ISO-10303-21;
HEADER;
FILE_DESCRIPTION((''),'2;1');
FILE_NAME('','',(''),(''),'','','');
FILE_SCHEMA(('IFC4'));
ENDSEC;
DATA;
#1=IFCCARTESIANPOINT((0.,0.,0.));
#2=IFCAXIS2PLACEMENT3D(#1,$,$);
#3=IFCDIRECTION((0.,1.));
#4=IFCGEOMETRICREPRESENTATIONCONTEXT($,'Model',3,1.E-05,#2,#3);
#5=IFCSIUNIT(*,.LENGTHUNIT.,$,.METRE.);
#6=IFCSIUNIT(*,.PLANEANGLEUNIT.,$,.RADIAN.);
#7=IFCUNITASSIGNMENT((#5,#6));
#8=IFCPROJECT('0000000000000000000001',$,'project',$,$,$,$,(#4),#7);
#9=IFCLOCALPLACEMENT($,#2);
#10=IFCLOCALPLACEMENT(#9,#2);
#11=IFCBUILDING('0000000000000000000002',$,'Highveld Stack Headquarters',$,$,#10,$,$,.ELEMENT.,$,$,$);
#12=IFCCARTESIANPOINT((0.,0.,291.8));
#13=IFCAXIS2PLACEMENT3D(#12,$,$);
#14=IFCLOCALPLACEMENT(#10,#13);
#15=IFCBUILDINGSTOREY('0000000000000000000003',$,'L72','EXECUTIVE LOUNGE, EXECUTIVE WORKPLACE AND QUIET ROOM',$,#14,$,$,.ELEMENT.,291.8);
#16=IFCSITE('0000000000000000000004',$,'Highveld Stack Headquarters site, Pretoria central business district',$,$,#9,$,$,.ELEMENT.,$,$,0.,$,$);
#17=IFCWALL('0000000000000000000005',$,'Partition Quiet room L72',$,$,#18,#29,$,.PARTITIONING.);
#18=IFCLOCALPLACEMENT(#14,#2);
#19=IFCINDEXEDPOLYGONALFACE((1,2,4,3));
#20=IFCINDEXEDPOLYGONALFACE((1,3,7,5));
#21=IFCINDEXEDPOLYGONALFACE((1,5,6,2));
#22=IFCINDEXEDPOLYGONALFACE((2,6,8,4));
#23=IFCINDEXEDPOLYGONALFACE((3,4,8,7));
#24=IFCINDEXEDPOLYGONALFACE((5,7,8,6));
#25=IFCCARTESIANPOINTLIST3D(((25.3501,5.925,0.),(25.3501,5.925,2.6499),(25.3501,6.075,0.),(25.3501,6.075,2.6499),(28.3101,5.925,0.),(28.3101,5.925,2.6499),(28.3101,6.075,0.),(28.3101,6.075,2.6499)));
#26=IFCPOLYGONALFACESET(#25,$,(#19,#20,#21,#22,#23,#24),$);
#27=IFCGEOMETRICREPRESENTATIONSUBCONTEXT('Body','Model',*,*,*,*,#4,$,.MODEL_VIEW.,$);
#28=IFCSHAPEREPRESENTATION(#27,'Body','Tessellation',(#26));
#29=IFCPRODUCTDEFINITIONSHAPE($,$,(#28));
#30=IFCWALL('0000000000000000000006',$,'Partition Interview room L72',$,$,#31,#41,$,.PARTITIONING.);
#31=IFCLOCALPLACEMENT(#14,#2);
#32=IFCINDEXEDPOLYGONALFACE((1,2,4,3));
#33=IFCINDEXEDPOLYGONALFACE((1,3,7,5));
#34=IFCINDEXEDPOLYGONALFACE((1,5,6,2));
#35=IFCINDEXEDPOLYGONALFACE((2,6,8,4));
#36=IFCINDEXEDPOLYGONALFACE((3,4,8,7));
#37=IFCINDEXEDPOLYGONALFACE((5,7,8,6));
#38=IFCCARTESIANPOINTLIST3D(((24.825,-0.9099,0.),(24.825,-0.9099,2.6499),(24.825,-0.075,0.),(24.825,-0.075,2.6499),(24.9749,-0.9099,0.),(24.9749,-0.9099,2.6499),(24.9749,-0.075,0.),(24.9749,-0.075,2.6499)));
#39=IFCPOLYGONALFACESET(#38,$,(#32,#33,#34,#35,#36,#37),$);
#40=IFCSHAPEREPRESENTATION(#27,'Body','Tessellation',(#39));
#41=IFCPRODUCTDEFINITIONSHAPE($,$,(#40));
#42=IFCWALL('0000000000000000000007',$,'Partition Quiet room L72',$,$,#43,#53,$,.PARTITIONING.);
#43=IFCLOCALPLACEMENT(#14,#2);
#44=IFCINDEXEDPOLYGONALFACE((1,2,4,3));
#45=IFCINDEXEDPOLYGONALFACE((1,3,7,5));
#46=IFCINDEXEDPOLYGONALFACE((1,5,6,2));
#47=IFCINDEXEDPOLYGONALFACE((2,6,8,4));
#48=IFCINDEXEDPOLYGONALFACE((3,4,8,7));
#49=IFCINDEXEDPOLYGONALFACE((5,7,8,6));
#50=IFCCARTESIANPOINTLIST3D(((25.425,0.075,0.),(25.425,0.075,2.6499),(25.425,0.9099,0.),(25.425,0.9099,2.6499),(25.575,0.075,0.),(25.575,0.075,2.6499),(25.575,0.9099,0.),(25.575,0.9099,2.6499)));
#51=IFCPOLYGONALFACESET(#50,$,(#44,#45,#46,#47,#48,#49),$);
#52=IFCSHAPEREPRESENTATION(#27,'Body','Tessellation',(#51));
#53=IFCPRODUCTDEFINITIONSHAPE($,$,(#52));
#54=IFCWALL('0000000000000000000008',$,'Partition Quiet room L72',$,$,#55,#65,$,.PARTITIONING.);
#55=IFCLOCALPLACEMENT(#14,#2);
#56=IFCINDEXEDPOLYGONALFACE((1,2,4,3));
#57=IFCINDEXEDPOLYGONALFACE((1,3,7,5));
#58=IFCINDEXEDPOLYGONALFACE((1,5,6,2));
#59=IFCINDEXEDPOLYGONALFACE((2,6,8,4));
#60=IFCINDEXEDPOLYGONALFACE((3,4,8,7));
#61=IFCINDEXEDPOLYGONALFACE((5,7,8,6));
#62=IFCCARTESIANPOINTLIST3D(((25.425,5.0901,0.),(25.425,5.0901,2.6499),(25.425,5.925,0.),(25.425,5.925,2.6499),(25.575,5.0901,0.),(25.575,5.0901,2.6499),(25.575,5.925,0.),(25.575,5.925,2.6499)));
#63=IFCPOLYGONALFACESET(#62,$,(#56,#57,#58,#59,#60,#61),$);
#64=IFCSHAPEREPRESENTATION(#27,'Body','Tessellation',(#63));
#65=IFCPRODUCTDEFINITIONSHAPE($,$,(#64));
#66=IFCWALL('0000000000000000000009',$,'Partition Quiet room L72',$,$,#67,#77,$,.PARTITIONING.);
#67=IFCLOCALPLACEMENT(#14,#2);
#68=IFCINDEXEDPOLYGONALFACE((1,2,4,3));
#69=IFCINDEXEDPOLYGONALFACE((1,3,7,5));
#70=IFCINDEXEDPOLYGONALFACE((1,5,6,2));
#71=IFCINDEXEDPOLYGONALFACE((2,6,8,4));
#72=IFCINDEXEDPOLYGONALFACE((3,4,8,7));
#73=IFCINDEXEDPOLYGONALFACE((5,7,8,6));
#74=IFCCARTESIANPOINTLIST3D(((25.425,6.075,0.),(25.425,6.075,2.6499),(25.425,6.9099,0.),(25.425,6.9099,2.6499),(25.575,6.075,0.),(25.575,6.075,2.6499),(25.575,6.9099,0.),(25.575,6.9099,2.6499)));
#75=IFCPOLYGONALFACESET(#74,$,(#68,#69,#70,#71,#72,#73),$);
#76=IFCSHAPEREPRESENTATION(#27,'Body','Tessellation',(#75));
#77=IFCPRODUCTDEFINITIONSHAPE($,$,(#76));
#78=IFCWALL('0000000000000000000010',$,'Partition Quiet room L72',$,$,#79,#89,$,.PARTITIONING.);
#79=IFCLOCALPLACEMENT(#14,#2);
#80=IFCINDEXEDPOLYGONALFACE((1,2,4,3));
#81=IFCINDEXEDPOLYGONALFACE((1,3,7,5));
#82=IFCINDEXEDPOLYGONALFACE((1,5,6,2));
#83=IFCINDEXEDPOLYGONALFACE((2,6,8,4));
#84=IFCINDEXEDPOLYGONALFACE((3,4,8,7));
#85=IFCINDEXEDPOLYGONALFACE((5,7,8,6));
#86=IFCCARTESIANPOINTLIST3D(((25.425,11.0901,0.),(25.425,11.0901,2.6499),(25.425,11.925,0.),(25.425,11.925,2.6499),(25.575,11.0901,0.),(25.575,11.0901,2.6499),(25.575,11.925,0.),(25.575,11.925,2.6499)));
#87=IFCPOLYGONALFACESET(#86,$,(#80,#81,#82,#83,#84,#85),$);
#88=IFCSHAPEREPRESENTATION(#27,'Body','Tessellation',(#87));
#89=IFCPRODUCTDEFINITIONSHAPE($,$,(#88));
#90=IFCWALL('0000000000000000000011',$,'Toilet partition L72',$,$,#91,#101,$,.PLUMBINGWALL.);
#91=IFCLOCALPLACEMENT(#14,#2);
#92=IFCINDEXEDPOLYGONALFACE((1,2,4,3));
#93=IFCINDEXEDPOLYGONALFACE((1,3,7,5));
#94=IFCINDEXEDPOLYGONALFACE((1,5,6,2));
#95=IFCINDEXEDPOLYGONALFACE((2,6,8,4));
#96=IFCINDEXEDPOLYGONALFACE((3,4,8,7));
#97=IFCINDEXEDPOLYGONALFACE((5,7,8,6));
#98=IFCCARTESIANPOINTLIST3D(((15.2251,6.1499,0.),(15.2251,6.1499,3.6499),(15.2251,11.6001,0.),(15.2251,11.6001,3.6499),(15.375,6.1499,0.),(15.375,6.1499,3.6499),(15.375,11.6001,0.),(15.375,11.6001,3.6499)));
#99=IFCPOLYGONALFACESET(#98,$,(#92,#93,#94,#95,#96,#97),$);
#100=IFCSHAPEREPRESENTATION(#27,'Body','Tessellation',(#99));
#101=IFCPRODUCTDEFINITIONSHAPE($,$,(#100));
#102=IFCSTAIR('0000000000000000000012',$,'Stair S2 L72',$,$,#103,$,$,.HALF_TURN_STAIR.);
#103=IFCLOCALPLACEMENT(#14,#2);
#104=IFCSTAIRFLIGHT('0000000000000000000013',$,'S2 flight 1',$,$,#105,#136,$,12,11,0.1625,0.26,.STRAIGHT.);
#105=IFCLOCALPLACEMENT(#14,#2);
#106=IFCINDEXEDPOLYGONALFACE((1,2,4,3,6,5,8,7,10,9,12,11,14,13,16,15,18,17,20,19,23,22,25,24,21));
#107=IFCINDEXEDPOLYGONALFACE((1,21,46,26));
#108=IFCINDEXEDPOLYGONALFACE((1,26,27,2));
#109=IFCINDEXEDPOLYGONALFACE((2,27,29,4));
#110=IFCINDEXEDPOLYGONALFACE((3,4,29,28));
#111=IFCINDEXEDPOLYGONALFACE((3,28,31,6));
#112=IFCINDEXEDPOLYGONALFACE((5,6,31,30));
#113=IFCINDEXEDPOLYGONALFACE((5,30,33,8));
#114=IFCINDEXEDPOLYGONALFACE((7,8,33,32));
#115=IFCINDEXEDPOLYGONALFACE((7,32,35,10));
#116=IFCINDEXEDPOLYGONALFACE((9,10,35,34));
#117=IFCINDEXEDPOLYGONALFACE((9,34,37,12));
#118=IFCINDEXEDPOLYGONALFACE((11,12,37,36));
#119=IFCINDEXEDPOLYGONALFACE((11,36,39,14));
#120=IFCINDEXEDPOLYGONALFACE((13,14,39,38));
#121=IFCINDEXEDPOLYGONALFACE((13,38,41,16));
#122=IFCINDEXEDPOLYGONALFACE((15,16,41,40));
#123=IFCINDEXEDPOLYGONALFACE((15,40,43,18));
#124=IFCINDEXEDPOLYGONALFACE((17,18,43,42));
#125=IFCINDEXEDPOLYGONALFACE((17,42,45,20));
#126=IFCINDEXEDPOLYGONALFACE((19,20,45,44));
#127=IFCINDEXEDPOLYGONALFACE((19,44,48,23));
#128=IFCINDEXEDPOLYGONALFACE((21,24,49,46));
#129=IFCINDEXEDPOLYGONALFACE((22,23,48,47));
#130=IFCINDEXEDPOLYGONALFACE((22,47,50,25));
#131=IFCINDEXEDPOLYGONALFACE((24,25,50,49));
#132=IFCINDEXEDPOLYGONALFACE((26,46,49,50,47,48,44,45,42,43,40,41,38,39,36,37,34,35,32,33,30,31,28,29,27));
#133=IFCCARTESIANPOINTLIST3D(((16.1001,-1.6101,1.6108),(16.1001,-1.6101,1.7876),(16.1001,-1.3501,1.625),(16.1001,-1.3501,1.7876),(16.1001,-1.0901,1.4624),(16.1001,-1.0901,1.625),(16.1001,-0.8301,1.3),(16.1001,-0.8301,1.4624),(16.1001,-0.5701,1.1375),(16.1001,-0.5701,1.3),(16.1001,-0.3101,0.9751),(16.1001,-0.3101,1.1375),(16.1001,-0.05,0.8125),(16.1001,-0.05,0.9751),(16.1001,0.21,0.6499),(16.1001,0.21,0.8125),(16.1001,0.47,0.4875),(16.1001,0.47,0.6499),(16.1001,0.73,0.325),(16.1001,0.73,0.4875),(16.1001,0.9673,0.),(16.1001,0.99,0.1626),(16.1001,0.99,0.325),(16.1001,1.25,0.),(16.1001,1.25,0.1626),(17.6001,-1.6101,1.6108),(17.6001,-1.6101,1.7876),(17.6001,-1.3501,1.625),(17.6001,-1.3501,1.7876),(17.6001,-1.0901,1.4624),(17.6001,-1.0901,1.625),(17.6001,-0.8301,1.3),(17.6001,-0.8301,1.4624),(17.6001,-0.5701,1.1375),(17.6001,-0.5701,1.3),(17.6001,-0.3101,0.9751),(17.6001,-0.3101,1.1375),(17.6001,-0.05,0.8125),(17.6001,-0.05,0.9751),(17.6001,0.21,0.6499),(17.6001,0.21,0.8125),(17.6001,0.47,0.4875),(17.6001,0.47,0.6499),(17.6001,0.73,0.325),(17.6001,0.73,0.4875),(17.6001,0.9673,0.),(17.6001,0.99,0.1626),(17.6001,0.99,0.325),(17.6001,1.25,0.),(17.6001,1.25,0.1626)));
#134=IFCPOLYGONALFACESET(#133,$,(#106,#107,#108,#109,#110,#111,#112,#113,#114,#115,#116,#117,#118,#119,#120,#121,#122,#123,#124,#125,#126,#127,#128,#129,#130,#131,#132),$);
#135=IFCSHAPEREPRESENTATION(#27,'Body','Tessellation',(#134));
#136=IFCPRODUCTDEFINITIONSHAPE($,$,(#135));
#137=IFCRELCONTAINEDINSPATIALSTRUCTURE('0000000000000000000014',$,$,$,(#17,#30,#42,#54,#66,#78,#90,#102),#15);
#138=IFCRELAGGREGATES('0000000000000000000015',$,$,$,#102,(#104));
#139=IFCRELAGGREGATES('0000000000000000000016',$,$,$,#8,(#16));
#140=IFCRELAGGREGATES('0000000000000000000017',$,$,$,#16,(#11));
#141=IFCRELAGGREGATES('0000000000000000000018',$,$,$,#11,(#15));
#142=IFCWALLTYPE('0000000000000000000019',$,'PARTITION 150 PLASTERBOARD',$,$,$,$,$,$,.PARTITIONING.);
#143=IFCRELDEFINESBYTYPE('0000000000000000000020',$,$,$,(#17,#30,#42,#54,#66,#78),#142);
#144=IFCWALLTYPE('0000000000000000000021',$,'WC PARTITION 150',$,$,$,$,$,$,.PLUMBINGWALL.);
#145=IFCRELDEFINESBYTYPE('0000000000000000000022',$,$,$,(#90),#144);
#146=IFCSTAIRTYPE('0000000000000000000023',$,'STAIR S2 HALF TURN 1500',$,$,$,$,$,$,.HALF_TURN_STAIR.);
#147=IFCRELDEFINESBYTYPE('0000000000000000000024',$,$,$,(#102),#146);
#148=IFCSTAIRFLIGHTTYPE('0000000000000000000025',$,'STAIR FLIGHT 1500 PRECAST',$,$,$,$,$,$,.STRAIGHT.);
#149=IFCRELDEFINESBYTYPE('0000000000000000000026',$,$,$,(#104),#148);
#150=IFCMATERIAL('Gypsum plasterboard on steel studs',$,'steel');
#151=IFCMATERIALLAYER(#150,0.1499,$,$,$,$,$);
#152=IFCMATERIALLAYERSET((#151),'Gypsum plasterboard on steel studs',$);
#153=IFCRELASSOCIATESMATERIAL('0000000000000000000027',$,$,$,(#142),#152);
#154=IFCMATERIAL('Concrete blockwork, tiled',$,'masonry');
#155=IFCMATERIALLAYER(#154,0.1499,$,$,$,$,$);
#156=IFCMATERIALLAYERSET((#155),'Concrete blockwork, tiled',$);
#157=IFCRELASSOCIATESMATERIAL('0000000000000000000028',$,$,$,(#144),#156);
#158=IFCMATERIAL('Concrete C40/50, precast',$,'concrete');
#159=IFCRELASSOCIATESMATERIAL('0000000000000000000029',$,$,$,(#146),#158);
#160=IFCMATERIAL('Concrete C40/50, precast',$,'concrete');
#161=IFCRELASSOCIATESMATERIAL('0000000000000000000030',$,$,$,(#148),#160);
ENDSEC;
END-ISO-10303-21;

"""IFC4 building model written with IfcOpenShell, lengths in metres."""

from ifc_helpers import new_model, si_unit, direction, frame, frame_2d, origin, place, context, subcontext, project, spatial, polyline, rectangle, outline, extrude, material, layer, layer_set, type_object, element, aggregate, save


model = new_model("IFC4")

# Units and contexts
model_context = context("Model", 3, precision=1e-05, world=origin(), true_north=direction((0.0, 1.0)))
body_context = subcontext(model_context, "Body", "Model", "MODEL_VIEW")
ifc_project = project(units=[si_unit("LENGTHUNIT", "METRE"), si_unit("PLANEANGLEUNIT", "RADIAN")], contexts=[model_context])

# Site, building, storey
site_placement = place(None, origin())
site = spatial("IfcSite", under=ifc_project, at=site_placement, Name="Highveld Stack Headquarters site, Pretoria central business district", CompositionType="ELEMENT", RefElevation=0.0)
building_placement = place(site_placement, origin())
building = spatial("IfcBuilding", under=site, at=building_placement, Name="Highveld Stack Headquarters", CompositionType="ELEMENT")
storey_placement = place(building_placement, frame((0.0, 0.0, 291.8)))
storey = spatial("IfcBuildingStorey", under=building, at=storey_placement, Name="L72", Description="EXECUTIVE LOUNGE, EXECUTIVE WORKPLACE AND QUIET ROOM", CompositionType="ELEMENT", Elevation=291.8)

# Walls
ifc_material_1 = material(Name="Gypsum plasterboard on steel studs", Category="steel")
ifc_layer_1 = layer(ifc_material_1, 0.1499)
ifc_layer_set_1 = layer_set([ifc_layer_1], Name="Gypsum plasterboard on steel studs")
wall_type_1 = type_object("IfcWallType", Name="PARTITION 150 PLASTERBOARD", PredefinedType="PARTITIONING", material=ifc_layer_set_1)
wall_1_placement = place(storey_placement, frame((25.3501, 6.0, 0.0), z_axis=(0.0, 0.0, 1.0), x_axis=(1.0, 0.0, 0.0)))
element("IfcWall", 1, at=wall_1_placement, inside=storey, type_object=wall_type_1, Name="Partition Quiet room L72", PredefinedType="PARTITIONING", context=body_context, shape_type="SweptSolid", body=[
    extrude(rectangle(XDim=2.96, YDim=0.1499, at=frame_2d((1.48, 0.0))), origin(), (0.0, 0.0, 1.0), 2.6499),
])
for number, where, z_axis, x_axis, name in (
    (2, (24.8999, -0.9099, 0.0), (0.0, 0.0, 1.0), (0.0, 1.0, 0.0), "Partition Interview room L72"),
    (3, (25.5, 0.075, 0.0), (0.0, 0.0, 1.0), (0.0, 1.0, 0.0), "Partition Quiet room L72"),
):
    element("IfcWall", number, at=place(storey_placement, frame(where, z_axis=z_axis, x_axis=x_axis)), inside=storey, type_object=wall_type_1, Name=name, PredefinedType="PARTITIONING", context=body_context, shape_type="SweptSolid", body=[
        extrude(rectangle(XDim=0.835, YDim=0.1499, at=frame_2d((0.4175, 0.0))), origin(), (0.0, 0.0, 1.0), 2.6499),
    ])

# Walls
for number, where, z_axis, x_axis, name in (
    (4, (25.5, 5.0901, 0.0), (0.0, 0.0, 1.0), (0.0, 1.0, 0.0), "Partition Quiet room L72"),
    (5, (25.5, 6.075, 0.0), (0.0, 0.0, 1.0), (0.0, 1.0, 0.0), "Partition Quiet room L72"),
):
    element("IfcWall", number, at=place(storey_placement, frame(where, z_axis=z_axis, x_axis=x_axis)), inside=storey, type_object=wall_type_1, Name=name, PredefinedType="PARTITIONING", context=body_context, shape_type="SweptSolid", body=[
        extrude(rectangle(XDim=0.835, YDim=0.1499, at=frame_2d((0.4175, 0.0))), origin(), (0.0, 0.0, 1.0), 2.6499),
    ])

# Walls
wall_2_placement = place(storey_placement, frame((25.5, 11.0901, 0.0), z_axis=(0.0, 0.0, 1.0), x_axis=(0.0, 1.0, 0.0)))
element("IfcWall", 6, at=wall_2_placement, inside=storey, type_object=wall_type_1, Name="Partition Quiet room L72", PredefinedType="PARTITIONING", context=body_context, shape_type="SweptSolid", body=[
    extrude(rectangle(XDim=0.835, YDim=0.1499, at=frame_2d((0.4175, 0.0))), origin(), (0.0, 0.0, 1.0), 2.6499),
])
ifc_material_2 = material(Name="Concrete blockwork, tiled", Category="masonry")
ifc_layer_2 = layer(ifc_material_2, 0.1499)
ifc_layer_set_2 = layer_set([ifc_layer_2], Name="Concrete blockwork, tiled")
wall_type_2 = type_object("IfcWallType", Name="WC PARTITION 150", PredefinedType="PLUMBINGWALL", material=ifc_layer_set_2)
wall_3_placement = place(storey_placement, frame((15.3, 6.1499, 0.0), z_axis=(0.0, 0.0, 1.0), x_axis=(0.0, 1.0, 0.0)))
element("IfcWall", 7, at=wall_3_placement, inside=storey, type_object=wall_type_2, Name="Toilet partition L72", PredefinedType="PLUMBINGWALL", context=body_context, shape_type="SweptSolid", body=[
    extrude(rectangle(XDim=5.4502, YDim=0.1499, at=frame_2d((2.7251, 0.0))), origin(), (0.0, 0.0, 1.0), 3.6499),
])

# Stair, stair flight
ifc_material_3 = material(Name="Concrete C40/50, precast", Category="concrete")
stair_type = type_object("IfcStairType", Name="STAIR S2 HALF TURN 1500", PredefinedType="HALF_TURN_STAIR", material=ifc_material_3)
stair_placement = place(storey_placement, origin())
stair = element("IfcStair", 8, at=stair_placement, inside=storey, type_object=stair_type, Name="Stair S2 L72", PredefinedType="HALF_TURN_STAIR")
ifc_material_4 = material(Name="Concrete C40/50, precast", Category="concrete")
stair_flight_type = type_object("IfcStairFlightType", Name="STAIR FLIGHT 1500 PRECAST", PredefinedType="STRAIGHT", material=ifc_material_4)
stair_flight_placement = place(storey_placement, frame((16.8501, 1.25, 0.0), z_axis=(0.0, 0.0, 1.0), x_axis=(0.0, -1.0, 0.0)))
stair_flight = element("IfcStairFlight", 9, at=stair_flight_placement, type_object=stair_flight_type, Name="S2 flight 1", NumberOfRisers=12, NumberOfTreads=11, PredefinedType="STRAIGHT", RiserHeight=0.1625, TreadLength=0.26, context=body_context, shape_type="SweptSolid", body=[
    extrude(outline(polyline([(0.0, 0.0), (0.0, 0.1626), (0.26, 0.1626), (0.26, 0.325), (0.52, 0.325), (0.52, 0.4875), (0.78, 0.4875), (0.78, 0.6499), (1.04, 0.6499), (1.04, 0.8125), (1.3, 0.8125), (1.3, 0.9751), (1.5601, 0.9751), (1.5601, 1.1375), (1.8201, 1.1375), (1.8201, 1.3), (2.0801, 1.3), (2.0801, 1.4624), (2.3401, 1.4624), (2.3401, 1.625), (2.6001, 1.625), (2.6001, 1.7876), (2.8601, 1.7876), (2.8601, 1.95), (2.8601, 1.6108), (0.2827, 0.0), (0.0, 0.0)])), frame((0.0, 0.75, 0.0), z_axis=(0.0, -1.0, 0.0), x_axis=(1.0, 0.0, 0.0)), (0.0, 0.0, 1.0), 1.5),
])
aggregate(stair, [stair_flight])

save(model, "model.ifc")
